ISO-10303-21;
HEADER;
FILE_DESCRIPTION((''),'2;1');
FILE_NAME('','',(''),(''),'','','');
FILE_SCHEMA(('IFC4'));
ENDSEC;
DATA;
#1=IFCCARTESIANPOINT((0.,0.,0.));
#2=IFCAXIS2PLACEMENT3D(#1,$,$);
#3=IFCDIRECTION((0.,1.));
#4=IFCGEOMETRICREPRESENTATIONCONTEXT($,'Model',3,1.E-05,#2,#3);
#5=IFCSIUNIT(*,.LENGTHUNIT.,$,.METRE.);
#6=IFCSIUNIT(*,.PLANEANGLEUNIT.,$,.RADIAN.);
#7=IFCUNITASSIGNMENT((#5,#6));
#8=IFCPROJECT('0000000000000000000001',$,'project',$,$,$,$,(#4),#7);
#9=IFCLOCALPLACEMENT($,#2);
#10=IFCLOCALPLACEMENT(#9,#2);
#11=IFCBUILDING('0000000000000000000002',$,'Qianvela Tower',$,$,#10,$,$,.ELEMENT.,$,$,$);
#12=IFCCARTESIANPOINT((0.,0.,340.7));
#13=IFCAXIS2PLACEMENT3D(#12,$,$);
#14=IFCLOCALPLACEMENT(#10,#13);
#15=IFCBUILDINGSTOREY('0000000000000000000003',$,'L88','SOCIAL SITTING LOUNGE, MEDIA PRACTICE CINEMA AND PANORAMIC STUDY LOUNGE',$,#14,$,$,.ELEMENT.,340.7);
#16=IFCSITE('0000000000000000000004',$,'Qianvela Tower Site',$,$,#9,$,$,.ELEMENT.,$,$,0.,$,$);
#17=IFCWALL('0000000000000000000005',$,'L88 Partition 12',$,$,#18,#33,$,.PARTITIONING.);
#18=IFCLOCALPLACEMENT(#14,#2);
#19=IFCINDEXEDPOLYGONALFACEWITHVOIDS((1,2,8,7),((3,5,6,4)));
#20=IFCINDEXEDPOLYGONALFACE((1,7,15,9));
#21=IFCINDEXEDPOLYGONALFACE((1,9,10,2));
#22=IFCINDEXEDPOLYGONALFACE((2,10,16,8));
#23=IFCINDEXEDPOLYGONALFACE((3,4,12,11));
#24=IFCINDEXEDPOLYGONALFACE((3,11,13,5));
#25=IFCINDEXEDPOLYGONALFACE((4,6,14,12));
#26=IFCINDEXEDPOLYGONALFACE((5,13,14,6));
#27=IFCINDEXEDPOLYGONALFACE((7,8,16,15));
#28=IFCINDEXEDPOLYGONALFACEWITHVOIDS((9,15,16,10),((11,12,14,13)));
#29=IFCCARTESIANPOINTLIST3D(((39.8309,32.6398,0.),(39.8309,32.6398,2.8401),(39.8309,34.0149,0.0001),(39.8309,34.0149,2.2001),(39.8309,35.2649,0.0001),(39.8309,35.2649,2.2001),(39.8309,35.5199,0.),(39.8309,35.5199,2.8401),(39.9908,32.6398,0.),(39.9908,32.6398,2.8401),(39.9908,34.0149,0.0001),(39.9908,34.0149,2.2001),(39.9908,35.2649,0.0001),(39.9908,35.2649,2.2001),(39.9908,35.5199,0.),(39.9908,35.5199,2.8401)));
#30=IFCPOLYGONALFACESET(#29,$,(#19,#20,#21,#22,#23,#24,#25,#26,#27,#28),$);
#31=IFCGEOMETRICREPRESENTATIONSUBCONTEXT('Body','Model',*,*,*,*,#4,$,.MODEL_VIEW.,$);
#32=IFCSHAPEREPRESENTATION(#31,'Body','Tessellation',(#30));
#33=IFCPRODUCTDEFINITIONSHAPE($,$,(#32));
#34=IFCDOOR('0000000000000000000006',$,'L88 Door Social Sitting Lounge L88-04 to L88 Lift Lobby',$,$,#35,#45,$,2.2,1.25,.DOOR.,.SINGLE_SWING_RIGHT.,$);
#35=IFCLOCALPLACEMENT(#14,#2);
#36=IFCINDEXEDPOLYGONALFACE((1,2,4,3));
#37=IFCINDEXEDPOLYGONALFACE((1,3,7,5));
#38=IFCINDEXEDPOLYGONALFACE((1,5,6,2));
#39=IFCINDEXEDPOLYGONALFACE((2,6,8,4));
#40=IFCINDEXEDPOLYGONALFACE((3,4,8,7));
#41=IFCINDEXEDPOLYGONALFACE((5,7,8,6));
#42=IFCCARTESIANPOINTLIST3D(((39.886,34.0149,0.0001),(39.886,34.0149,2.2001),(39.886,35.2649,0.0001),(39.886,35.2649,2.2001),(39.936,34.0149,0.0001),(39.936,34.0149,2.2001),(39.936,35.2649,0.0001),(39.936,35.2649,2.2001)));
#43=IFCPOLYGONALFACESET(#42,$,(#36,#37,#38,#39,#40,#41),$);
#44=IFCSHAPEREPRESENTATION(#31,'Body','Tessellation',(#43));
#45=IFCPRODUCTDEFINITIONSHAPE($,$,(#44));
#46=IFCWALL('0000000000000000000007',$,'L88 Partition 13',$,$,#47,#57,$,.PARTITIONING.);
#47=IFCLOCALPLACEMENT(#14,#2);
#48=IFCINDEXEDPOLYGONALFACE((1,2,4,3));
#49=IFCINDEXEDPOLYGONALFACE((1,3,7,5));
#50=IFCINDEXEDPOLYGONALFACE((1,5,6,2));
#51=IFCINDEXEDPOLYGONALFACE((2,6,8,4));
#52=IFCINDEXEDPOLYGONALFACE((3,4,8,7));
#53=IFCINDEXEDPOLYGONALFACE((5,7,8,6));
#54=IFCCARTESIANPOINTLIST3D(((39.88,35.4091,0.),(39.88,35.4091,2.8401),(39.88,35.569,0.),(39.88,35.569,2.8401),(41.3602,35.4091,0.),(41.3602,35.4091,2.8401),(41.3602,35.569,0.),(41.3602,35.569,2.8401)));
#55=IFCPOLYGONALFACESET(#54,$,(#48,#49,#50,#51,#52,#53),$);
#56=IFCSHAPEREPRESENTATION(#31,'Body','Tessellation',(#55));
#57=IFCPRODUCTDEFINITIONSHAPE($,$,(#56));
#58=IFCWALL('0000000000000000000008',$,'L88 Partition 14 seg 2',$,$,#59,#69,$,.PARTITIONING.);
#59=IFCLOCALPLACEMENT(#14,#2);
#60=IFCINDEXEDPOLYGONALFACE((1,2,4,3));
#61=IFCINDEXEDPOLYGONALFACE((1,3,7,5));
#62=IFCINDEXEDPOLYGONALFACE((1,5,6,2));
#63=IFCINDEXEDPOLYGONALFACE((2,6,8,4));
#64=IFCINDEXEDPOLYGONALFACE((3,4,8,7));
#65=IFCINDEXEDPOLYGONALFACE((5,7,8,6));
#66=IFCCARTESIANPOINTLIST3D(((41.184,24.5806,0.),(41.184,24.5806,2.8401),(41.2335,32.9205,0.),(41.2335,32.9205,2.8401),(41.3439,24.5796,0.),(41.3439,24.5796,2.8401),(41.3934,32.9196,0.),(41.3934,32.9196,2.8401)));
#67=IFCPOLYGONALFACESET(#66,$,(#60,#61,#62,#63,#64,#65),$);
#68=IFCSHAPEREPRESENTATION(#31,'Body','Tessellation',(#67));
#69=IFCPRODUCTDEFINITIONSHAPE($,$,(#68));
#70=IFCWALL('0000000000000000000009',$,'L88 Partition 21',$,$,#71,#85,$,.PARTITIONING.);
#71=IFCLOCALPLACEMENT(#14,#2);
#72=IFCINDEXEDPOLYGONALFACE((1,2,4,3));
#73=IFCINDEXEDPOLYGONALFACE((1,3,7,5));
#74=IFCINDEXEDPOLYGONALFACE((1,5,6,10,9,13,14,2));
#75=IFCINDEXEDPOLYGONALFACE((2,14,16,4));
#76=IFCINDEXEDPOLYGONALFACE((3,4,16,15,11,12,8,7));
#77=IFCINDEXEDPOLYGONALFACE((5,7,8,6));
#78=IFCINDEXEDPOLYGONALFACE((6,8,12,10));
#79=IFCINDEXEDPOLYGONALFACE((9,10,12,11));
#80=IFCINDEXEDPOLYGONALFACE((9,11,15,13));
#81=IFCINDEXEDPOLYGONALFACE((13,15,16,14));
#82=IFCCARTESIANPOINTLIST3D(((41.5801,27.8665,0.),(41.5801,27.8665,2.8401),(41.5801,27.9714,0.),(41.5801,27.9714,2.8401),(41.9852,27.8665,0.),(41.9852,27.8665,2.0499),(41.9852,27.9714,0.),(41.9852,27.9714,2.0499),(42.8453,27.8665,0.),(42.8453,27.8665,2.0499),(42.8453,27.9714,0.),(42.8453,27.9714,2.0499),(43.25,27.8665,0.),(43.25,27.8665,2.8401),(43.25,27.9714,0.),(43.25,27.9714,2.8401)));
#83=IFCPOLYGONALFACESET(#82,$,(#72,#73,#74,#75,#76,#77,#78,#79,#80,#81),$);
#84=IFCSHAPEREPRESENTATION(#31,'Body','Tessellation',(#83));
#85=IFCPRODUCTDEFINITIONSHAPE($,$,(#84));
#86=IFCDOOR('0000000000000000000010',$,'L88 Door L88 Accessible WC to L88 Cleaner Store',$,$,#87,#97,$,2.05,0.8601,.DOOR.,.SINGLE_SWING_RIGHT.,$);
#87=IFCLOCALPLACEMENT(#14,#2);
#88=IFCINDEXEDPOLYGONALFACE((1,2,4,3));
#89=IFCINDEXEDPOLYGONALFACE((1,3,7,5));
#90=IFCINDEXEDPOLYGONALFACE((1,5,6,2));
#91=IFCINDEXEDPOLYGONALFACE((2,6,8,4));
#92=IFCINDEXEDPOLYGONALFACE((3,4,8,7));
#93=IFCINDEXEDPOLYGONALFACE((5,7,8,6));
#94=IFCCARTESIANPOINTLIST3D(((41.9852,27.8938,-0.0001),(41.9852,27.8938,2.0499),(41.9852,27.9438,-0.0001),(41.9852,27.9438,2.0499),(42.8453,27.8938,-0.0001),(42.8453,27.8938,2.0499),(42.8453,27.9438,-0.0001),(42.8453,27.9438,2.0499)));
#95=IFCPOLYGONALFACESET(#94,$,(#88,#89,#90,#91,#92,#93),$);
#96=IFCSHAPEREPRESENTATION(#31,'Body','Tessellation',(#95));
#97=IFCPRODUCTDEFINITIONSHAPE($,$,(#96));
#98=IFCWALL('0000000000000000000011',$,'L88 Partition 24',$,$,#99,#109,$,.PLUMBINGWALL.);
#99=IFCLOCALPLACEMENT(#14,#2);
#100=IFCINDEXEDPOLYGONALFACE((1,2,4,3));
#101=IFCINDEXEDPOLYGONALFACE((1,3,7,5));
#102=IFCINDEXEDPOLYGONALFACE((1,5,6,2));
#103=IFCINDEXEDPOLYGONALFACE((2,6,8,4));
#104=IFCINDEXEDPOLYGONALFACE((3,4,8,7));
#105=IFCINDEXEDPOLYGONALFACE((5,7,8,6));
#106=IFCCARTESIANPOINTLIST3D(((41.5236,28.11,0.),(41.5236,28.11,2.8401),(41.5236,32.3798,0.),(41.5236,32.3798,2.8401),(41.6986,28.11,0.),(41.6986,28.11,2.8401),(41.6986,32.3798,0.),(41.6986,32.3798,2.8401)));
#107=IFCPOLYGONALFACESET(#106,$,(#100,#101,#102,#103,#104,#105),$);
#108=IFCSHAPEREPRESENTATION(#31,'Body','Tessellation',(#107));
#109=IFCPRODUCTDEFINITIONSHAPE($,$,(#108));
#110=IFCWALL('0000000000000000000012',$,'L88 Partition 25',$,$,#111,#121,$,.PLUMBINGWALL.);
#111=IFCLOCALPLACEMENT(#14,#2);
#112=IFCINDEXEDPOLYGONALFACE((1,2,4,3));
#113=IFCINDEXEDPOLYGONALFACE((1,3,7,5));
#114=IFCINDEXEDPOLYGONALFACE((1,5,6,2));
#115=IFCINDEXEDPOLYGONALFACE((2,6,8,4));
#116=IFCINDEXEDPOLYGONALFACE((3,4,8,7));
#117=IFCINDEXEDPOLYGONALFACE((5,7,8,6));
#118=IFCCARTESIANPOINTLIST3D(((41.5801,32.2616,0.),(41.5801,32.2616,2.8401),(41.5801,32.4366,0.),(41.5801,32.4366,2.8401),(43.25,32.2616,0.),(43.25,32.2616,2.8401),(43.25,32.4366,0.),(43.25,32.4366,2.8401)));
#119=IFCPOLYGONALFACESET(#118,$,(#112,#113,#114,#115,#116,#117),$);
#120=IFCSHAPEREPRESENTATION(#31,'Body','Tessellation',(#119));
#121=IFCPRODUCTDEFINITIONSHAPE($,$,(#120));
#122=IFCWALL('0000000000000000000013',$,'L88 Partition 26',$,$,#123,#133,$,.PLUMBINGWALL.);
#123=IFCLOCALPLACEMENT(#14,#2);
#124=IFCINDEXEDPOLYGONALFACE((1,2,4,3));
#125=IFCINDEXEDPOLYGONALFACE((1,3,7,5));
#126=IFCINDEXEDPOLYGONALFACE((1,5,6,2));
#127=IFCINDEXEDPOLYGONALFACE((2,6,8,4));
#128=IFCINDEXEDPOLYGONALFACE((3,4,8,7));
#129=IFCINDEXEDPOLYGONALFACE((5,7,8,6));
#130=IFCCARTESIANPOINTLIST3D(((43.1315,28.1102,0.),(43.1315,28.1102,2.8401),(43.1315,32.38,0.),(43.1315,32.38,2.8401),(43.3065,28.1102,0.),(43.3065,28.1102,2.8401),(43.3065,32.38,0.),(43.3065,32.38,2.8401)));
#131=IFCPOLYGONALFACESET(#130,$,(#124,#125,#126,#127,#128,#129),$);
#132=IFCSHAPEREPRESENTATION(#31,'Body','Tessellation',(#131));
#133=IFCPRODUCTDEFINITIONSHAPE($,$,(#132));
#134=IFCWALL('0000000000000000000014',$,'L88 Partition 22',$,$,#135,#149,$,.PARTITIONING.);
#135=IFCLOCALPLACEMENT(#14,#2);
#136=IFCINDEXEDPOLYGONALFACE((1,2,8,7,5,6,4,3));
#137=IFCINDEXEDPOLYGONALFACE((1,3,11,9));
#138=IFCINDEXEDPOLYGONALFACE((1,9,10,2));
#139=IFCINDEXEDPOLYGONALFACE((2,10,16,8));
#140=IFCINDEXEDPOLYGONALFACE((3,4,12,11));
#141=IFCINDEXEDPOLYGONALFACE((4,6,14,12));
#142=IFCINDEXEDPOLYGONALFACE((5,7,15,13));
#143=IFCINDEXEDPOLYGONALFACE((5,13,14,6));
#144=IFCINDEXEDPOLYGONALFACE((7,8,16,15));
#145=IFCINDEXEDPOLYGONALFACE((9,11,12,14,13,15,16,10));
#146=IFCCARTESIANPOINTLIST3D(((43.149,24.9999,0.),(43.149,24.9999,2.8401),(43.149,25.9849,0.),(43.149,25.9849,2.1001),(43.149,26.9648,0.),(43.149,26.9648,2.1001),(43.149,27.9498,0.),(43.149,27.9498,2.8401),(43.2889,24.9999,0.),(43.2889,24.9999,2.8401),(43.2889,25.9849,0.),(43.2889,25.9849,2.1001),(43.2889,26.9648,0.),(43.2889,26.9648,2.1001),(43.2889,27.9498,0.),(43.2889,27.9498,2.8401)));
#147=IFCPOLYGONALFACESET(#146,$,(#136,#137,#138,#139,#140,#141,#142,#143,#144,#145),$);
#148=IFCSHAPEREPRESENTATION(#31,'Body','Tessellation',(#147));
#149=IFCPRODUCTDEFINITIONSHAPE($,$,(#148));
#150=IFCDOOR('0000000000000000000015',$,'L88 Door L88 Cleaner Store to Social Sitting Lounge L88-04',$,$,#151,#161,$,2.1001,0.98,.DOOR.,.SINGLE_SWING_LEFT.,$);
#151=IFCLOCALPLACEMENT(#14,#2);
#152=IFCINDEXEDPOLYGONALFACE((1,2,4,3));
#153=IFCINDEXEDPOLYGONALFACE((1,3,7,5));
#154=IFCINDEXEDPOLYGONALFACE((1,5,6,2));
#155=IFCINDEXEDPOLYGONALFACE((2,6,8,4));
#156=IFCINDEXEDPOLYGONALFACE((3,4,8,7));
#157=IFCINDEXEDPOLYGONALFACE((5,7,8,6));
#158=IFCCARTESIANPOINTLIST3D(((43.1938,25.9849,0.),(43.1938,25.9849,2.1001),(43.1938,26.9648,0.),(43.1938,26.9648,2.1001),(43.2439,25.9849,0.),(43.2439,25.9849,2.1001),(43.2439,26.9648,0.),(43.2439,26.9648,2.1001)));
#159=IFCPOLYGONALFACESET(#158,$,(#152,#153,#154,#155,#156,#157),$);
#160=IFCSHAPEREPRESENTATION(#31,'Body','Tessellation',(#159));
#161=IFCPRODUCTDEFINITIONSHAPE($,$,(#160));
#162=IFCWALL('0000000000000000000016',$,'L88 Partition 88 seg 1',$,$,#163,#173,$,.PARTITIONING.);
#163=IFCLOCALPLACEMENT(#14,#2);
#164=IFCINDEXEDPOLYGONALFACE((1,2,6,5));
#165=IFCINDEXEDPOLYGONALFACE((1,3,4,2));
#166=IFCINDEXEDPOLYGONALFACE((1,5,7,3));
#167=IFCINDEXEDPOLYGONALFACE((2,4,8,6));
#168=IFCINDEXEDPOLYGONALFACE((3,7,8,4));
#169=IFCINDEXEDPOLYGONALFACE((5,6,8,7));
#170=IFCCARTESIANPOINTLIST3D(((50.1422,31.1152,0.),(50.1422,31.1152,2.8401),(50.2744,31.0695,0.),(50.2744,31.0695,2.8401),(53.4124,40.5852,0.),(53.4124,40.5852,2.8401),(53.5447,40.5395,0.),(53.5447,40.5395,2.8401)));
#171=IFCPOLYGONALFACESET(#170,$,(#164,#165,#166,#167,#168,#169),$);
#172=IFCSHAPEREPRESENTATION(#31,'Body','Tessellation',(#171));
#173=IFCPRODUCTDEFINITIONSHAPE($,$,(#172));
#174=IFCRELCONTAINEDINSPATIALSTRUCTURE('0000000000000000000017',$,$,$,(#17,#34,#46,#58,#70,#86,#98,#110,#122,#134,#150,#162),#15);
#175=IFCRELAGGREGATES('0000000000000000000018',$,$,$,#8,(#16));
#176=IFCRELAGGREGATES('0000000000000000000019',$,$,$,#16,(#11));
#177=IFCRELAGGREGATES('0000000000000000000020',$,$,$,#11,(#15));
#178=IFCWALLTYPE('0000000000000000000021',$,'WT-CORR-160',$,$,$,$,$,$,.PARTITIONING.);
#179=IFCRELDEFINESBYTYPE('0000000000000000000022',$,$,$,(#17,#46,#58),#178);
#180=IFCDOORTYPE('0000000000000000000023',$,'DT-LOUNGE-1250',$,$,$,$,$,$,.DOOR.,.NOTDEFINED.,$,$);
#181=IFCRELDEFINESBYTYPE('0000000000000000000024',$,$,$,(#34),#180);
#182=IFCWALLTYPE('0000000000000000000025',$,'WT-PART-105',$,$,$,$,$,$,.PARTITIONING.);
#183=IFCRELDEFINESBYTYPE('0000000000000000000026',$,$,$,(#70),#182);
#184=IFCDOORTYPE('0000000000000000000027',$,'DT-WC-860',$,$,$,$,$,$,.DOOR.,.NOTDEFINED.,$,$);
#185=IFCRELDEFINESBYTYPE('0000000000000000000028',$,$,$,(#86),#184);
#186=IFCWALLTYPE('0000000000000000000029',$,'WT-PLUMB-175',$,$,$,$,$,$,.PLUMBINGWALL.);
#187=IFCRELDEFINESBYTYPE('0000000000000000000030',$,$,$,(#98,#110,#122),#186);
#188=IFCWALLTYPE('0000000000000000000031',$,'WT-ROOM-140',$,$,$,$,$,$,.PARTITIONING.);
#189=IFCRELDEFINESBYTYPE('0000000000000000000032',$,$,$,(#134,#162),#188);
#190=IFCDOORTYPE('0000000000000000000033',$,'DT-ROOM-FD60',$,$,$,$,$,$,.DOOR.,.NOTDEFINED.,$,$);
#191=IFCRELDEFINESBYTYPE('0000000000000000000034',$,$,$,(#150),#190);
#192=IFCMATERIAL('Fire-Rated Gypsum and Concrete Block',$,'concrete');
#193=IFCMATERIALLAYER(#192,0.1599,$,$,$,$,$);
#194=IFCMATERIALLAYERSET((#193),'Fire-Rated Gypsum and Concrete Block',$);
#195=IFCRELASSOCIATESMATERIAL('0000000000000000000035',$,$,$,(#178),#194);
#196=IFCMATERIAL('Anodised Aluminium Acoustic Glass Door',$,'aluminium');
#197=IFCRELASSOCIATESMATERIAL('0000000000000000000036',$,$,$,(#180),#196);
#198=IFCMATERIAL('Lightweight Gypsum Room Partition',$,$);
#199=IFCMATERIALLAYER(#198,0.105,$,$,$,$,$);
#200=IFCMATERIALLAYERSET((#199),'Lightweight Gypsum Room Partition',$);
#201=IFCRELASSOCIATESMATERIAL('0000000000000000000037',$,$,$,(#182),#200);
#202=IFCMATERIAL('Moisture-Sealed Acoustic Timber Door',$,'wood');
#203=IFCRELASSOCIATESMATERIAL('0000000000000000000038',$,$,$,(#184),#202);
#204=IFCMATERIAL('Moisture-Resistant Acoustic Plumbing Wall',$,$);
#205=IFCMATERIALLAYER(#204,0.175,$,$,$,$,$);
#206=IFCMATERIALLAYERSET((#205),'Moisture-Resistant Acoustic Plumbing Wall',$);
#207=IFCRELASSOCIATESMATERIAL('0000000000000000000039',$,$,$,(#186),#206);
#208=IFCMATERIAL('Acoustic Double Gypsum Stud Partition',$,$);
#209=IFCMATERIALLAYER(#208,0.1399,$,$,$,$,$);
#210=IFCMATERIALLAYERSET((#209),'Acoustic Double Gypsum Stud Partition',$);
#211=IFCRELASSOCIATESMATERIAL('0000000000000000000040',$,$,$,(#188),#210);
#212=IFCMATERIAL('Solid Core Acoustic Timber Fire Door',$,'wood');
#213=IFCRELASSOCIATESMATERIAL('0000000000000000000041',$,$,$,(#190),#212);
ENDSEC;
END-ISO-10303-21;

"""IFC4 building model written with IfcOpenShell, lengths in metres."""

from ifc_helpers import new_model, si_unit, direction, frame, frame_2d, origin, place, context, subcontext, project, spatial, rectangle, extrude, material, layer, layer_set, type_object, element, fill, save


model = new_model("IFC4")

# Units and contexts
model_context = context("Model", 3, precision=1e-05, world=origin(), true_north=direction((0.0, 1.0)))
body_context = subcontext(model_context, "Body", "Model", "MODEL_VIEW")
ifc_project = project(units=[si_unit("LENGTHUNIT", "METRE"), si_unit("PLANEANGLEUNIT", "RADIAN")], contexts=[model_context])

# Site, building, storey
site_placement = place(None, origin())
site = spatial("IfcSite", under=ifc_project, at=site_placement, Name="Qianvela Tower Site", CompositionType="ELEMENT", RefElevation=0.0)
building_placement = place(site_placement, origin())
building = spatial("IfcBuilding", under=site, at=building_placement, Name="Qianvela Tower", CompositionType="ELEMENT")
storey_placement = place(building_placement, frame((0.0, 0.0, 340.7)))
storey = spatial("IfcBuildingStorey", under=building, at=storey_placement, Name="L88", Description="SOCIAL SITTING LOUNGE, MEDIA PRACTICE CINEMA AND PANORAMIC STUDY LOUNGE", CompositionType="ELEMENT", Elevation=340.7)

# Wall, opening, door
ifc_material_1 = material(Name="Fire-Rated Gypsum and Concrete Block", Category="concrete")
ifc_layer_1 = layer(ifc_material_1, 0.1599)
ifc_layer_set_1 = layer_set([ifc_layer_1], Name="Fire-Rated Gypsum and Concrete Block")
wall_type_1 = type_object("IfcWallType", Name="WT-CORR-160", PredefinedType="PARTITIONING", material=ifc_layer_set_1)
wall_1_placement = place(storey_placement, frame((39.9109, 32.6399, 0.0), z_axis=(0.0, 0.0, 1.0), x_axis=(0.0, 1.0, 0.0)))
wall_1 = element("IfcWall", 1, at=wall_1_placement, inside=storey, type_object=wall_type_1, Name="L88 Partition 12", PredefinedType="PARTITIONING", context=body_context, shape_type="SweptSolid", body=[
    extrude(rectangle(XDim=2.8801, YDim=0.1599, at=frame_2d((1.4399, 0.0))), origin(), (0.0, 0.0, 1.0), 2.8401),
])
opening_1_placement = place(wall_1_placement, frame((1.375, 0.0, 0.0)))
opening_1 = element("IfcOpeningElement", 2, at=opening_1_placement, cuts=wall_1, PredefinedType="OPENING", context=body_context, shape_type="SweptSolid", body=[
    extrude(rectangle(XDim=1.25, YDim=2.2, at=frame_2d((0.625, 1.1001))), frame((0.0, 0.0898, 0.0), z_axis=(0.0, -1.0, 0.0), x_axis=(1.0, 0.0, 0.0)), (0.0, 0.0, 1.0), 0.1799),
])
ifc_material_2 = material(Name="Anodised Aluminium Acoustic Glass Door", Category="aluminium")
door_type_1 = type_object("IfcDoorType", Name="DT-LOUNGE-1250", OperationType="NOTDEFINED", PredefinedType="DOOR", material=ifc_material_2)
door_1_placement = place(opening_1_placement, origin())
door_1 = element("IfcDoor", 3, at=door_1_placement, inside=storey, type_object=door_type_1, Name="L88 Door Social Sitting Lounge L88-04 to L88 Lift Lobby", OperationType="SINGLE_SWING_RIGHT", OverallHeight=2.2, OverallWidth=1.25, PredefinedType="DOOR", context=body_context, shape_type="SweptSolid", body=[
    extrude(rectangle(XDim=1.25, YDim=2.2, at=frame_2d((0.625, 1.1001))), frame((0.0, 0.0249, 0.0), z_axis=(0.0, -1.0, 0.0), x_axis=(1.0, 0.0, 0.0)), (0.0, 0.0, 1.0), 0.05),
])
fill(opening_1, door_1)

# Walls
wall_2_placement = place(storey_placement, frame((39.8799, 35.489, 0.0), z_axis=(0.0, 0.0, 1.0), x_axis=(1.0, 0.0, 0.0)))
element("IfcWall", 4, at=wall_2_placement, inside=storey, type_object=wall_type_1, Name="L88 Partition 13", PredefinedType="PARTITIONING", context=body_context, shape_type="SweptSolid", body=[
    extrude(rectangle(XDim=1.4802, YDim=0.1599, at=frame_2d((0.7402, 0.0))), origin(), (0.0, 0.0, 1.0), 2.8401),
])
wall_3_placement = place(storey_placement, frame((41.3135, 32.9199, 0.0), z_axis=(0.0, 0.0, 1.0), x_axis=(-0.005943, -0.999982, 0.0)))
element("IfcWall", 5, at=wall_3_placement, inside=storey, type_object=wall_type_1, Name="L88 Partition 14 seg 2", PredefinedType="PARTITIONING", context=body_context, shape_type="SweptSolid", body=[
    extrude(rectangle(XDim=8.3401, YDim=0.1599, at=frame_2d((4.1699, 0.0))), origin(), (0.0, 0.0, 1.0), 2.8401),
])

# Wall, opening, door
ifc_material_3 = material(Name="Lightweight Gypsum Room Partition")
ifc_layer_2 = layer(ifc_material_3, 0.105)
ifc_layer_set_2 = layer_set([ifc_layer_2], Name="Lightweight Gypsum Room Partition")
wall_type_2 = type_object("IfcWallType", Name="WT-PART-105", PredefinedType="PARTITIONING", material=ifc_layer_set_2)
wall_4_placement = place(storey_placement, frame((41.5801, 27.9189, 0.0), z_axis=(0.0, 0.0, 1.0), x_axis=(1.0, 0.0, 0.0)))
wall_4 = element("IfcWall", 6, at=wall_4_placement, inside=storey, type_object=wall_type_2, Name="L88 Partition 21", PredefinedType="PARTITIONING", context=body_context, shape_type="SweptSolid", body=[
    extrude(rectangle(XDim=1.6699, YDim=0.105, at=frame_2d((0.835, 0.0))), origin(), (0.0, 0.0, 1.0), 2.8401),
])
opening_2_placement = place(wall_4_placement, frame((0.405, 0.0, 0.0)))
opening_2 = element("IfcOpeningElement", 7, at=opening_2_placement, cuts=wall_4, PredefinedType="OPENING", context=body_context, shape_type="SweptSolid", body=[
    extrude(rectangle(XDim=0.8601, YDim=2.05, at=frame_2d((0.4302, 1.0249))), frame((0.0, 0.0625, 0.0), z_axis=(0.0, -1.0, 0.0), x_axis=(1.0, 0.0, 0.0)), (0.0, 0.0, 1.0), 0.125),
])
ifc_material_4 = material(Name="Moisture-Sealed Acoustic Timber Door", Category="wood")
door_type_2 = type_object("IfcDoorType", Name="DT-WC-860", OperationType="NOTDEFINED", PredefinedType="DOOR", material=ifc_material_4)
door_2_placement = place(opening_2_placement, origin())
door_2 = element("IfcDoor", 8, at=door_2_placement, inside=storey, type_object=door_type_2, Name="L88 Door L88 Accessible WC to L88 Cleaner Store", OperationType="SINGLE_SWING_RIGHT", OverallHeight=2.05, OverallWidth=0.8601, PredefinedType="DOOR", context=body_context, shape_type="SweptSolid", body=[
    extrude(rectangle(XDim=0.8601, YDim=2.05, at=frame_2d((0.4302, 1.0249))), frame((0.0, 0.0249, 0.0), z_axis=(0.0, -1.0, 0.0), x_axis=(1.0, 0.0, 0.0)), (0.0, 0.0, 1.0), 0.05),
])
fill(opening_2, door_2)

# Walls
ifc_material_5 = material(Name="Moisture-Resistant Acoustic Plumbing Wall")
ifc_layer_3 = layer(ifc_material_5, 0.175)
ifc_layer_set_3 = layer_set([ifc_layer_3], Name="Moisture-Resistant Acoustic Plumbing Wall")
wall_type_3 = type_object("IfcWallType", Name="WT-PLUMB-175", PredefinedType="PLUMBINGWALL", material=ifc_layer_set_3)
wall_5_placement = place(storey_placement, frame((41.6111, 28.1101, 0.0), z_axis=(0.0, 0.0, 1.0), x_axis=(0.0, 1.0, 0.0)))
element("IfcWall", 9, at=wall_5_placement, inside=storey, type_object=wall_type_3, Name="L88 Partition 24", PredefinedType="PLUMBINGWALL", context=body_context, shape_type="SweptSolid", body=[
    extrude(rectangle(XDim=4.2698, YDim=0.175, at=frame_2d((2.1348, 0.0))), origin(), (0.0, 0.0, 1.0), 2.8401),
])
wall_6_placement = place(storey_placement, frame((41.5801, 32.3491, 0.0), z_axis=(0.0, 0.0, 1.0), x_axis=(1.0, 0.0, 0.0)))
element("IfcWall", 10, at=wall_6_placement, inside=storey, type_object=wall_type_3, Name="L88 Partition 25", PredefinedType="PLUMBINGWALL", context=body_context, shape_type="SweptSolid", body=[
    extrude(rectangle(XDim=1.6699, YDim=0.175, at=frame_2d((0.835, 0.0))), origin(), (0.0, 0.0, 1.0), 2.8401),
])
wall_7_placement = place(storey_placement, frame((43.219, 32.3799, 0.0), z_axis=(0.0, 0.0, 1.0), x_axis=(0.0, -1.0, 0.0)))
element("IfcWall", 11, at=wall_7_placement, inside=storey, type_object=wall_type_3, Name="L88 Partition 26", PredefinedType="PLUMBINGWALL", context=body_context, shape_type="SweptSolid", body=[
    extrude(rectangle(XDim=4.2698, YDim=0.175, at=frame_2d((2.1348, 0.0))), origin(), (0.0, 0.0, 1.0), 2.8401),
])

# Wall, opening, door
ifc_material_6 = material(Name="Acoustic Double Gypsum Stud Partition")
ifc_layer_4 = layer(ifc_material_6, 0.1399)
ifc_layer_set_4 = layer_set([ifc_layer_4], Name="Acoustic Double Gypsum Stud Partition")
wall_type_4 = type_object("IfcWallType", Name="WT-ROOM-140", PredefinedType="PARTITIONING", material=ifc_layer_set_4)
wall_8_placement = place(storey_placement, frame((43.219, 27.95, 0.0), z_axis=(0.0, 0.0, 1.0), x_axis=(0.0, -1.0, 0.0)))
wall_8 = element("IfcWall", 12, at=wall_8_placement, inside=storey, type_object=wall_type_4, Name="L88 Partition 22", PredefinedType="PARTITIONING", context=body_context, shape_type="SweptSolid", body=[
    extrude(rectangle(XDim=2.95, YDim=0.1399, at=frame_2d((1.4751, 0.0))), origin(), (0.0, 0.0, 1.0), 2.8401),
])
opening_3_placement = place(wall_8_placement, frame((0.9851, 0.0, 0.0)))
opening_3 = element("IfcOpeningElement", 13, at=opening_3_placement, cuts=wall_8, PredefinedType="OPENING", context=body_context, shape_type="SweptSolid", body=[
    extrude(rectangle(XDim=0.98, YDim=2.1001, at=frame_2d((0.49, 1.05))), frame((0.0, 0.0798, 0.0), z_axis=(0.0, -1.0, 0.0), x_axis=(1.0, 0.0, 0.0)), (0.0, 0.0, 1.0), 0.1599),
])
ifc_material_7 = material(Name="Solid Core Acoustic Timber Fire Door", Category="wood")
door_type_3 = type_object("IfcDoorType", Name="DT-ROOM-FD60", OperationType="NOTDEFINED", PredefinedType="DOOR", material=ifc_material_7)
door_3_placement = place(opening_3_placement, origin())
door_3 = element("IfcDoor", 14, at=door_3_placement, inside=storey, type_object=door_type_3, Name="L88 Door L88 Cleaner Store to Social Sitting Lounge L88-04", OperationType="SINGLE_SWING_LEFT", OverallHeight=2.1001, OverallWidth=0.98, PredefinedType="DOOR", context=body_context, shape_type="SweptSolid", body=[
    extrude(rectangle(XDim=0.98, YDim=2.1001, at=frame_2d((0.49, 1.05))), frame((0.0, 0.0249, 0.0), z_axis=(0.0, -1.0, 0.0), x_axis=(1.0, 0.0, 0.0)), (0.0, 0.0, 1.0), 0.05),
])
fill(opening_3, door_3)

# Wall
wall_9_placement = place(storey_placement, frame((53.4785, 40.5623, 0.0), z_axis=(0.0, 0.0, 1.0), x_axis=(-0.326415, -0.945227, 0.0)))
element("IfcWall", 15, at=wall_9_placement, inside=storey, type_object=wall_type_4, Name="L88 Partition 88 seg 1", PredefinedType="PARTITIONING", context=body_context, shape_type="SweptSolid", body=[
    extrude(rectangle(XDim=10.0188, YDim=0.1399, at=frame_2d((5.0093, 0.0))), origin(), (0.0, 0.0, 1.0), 2.8401),
])

save(model, "model.ifc")
